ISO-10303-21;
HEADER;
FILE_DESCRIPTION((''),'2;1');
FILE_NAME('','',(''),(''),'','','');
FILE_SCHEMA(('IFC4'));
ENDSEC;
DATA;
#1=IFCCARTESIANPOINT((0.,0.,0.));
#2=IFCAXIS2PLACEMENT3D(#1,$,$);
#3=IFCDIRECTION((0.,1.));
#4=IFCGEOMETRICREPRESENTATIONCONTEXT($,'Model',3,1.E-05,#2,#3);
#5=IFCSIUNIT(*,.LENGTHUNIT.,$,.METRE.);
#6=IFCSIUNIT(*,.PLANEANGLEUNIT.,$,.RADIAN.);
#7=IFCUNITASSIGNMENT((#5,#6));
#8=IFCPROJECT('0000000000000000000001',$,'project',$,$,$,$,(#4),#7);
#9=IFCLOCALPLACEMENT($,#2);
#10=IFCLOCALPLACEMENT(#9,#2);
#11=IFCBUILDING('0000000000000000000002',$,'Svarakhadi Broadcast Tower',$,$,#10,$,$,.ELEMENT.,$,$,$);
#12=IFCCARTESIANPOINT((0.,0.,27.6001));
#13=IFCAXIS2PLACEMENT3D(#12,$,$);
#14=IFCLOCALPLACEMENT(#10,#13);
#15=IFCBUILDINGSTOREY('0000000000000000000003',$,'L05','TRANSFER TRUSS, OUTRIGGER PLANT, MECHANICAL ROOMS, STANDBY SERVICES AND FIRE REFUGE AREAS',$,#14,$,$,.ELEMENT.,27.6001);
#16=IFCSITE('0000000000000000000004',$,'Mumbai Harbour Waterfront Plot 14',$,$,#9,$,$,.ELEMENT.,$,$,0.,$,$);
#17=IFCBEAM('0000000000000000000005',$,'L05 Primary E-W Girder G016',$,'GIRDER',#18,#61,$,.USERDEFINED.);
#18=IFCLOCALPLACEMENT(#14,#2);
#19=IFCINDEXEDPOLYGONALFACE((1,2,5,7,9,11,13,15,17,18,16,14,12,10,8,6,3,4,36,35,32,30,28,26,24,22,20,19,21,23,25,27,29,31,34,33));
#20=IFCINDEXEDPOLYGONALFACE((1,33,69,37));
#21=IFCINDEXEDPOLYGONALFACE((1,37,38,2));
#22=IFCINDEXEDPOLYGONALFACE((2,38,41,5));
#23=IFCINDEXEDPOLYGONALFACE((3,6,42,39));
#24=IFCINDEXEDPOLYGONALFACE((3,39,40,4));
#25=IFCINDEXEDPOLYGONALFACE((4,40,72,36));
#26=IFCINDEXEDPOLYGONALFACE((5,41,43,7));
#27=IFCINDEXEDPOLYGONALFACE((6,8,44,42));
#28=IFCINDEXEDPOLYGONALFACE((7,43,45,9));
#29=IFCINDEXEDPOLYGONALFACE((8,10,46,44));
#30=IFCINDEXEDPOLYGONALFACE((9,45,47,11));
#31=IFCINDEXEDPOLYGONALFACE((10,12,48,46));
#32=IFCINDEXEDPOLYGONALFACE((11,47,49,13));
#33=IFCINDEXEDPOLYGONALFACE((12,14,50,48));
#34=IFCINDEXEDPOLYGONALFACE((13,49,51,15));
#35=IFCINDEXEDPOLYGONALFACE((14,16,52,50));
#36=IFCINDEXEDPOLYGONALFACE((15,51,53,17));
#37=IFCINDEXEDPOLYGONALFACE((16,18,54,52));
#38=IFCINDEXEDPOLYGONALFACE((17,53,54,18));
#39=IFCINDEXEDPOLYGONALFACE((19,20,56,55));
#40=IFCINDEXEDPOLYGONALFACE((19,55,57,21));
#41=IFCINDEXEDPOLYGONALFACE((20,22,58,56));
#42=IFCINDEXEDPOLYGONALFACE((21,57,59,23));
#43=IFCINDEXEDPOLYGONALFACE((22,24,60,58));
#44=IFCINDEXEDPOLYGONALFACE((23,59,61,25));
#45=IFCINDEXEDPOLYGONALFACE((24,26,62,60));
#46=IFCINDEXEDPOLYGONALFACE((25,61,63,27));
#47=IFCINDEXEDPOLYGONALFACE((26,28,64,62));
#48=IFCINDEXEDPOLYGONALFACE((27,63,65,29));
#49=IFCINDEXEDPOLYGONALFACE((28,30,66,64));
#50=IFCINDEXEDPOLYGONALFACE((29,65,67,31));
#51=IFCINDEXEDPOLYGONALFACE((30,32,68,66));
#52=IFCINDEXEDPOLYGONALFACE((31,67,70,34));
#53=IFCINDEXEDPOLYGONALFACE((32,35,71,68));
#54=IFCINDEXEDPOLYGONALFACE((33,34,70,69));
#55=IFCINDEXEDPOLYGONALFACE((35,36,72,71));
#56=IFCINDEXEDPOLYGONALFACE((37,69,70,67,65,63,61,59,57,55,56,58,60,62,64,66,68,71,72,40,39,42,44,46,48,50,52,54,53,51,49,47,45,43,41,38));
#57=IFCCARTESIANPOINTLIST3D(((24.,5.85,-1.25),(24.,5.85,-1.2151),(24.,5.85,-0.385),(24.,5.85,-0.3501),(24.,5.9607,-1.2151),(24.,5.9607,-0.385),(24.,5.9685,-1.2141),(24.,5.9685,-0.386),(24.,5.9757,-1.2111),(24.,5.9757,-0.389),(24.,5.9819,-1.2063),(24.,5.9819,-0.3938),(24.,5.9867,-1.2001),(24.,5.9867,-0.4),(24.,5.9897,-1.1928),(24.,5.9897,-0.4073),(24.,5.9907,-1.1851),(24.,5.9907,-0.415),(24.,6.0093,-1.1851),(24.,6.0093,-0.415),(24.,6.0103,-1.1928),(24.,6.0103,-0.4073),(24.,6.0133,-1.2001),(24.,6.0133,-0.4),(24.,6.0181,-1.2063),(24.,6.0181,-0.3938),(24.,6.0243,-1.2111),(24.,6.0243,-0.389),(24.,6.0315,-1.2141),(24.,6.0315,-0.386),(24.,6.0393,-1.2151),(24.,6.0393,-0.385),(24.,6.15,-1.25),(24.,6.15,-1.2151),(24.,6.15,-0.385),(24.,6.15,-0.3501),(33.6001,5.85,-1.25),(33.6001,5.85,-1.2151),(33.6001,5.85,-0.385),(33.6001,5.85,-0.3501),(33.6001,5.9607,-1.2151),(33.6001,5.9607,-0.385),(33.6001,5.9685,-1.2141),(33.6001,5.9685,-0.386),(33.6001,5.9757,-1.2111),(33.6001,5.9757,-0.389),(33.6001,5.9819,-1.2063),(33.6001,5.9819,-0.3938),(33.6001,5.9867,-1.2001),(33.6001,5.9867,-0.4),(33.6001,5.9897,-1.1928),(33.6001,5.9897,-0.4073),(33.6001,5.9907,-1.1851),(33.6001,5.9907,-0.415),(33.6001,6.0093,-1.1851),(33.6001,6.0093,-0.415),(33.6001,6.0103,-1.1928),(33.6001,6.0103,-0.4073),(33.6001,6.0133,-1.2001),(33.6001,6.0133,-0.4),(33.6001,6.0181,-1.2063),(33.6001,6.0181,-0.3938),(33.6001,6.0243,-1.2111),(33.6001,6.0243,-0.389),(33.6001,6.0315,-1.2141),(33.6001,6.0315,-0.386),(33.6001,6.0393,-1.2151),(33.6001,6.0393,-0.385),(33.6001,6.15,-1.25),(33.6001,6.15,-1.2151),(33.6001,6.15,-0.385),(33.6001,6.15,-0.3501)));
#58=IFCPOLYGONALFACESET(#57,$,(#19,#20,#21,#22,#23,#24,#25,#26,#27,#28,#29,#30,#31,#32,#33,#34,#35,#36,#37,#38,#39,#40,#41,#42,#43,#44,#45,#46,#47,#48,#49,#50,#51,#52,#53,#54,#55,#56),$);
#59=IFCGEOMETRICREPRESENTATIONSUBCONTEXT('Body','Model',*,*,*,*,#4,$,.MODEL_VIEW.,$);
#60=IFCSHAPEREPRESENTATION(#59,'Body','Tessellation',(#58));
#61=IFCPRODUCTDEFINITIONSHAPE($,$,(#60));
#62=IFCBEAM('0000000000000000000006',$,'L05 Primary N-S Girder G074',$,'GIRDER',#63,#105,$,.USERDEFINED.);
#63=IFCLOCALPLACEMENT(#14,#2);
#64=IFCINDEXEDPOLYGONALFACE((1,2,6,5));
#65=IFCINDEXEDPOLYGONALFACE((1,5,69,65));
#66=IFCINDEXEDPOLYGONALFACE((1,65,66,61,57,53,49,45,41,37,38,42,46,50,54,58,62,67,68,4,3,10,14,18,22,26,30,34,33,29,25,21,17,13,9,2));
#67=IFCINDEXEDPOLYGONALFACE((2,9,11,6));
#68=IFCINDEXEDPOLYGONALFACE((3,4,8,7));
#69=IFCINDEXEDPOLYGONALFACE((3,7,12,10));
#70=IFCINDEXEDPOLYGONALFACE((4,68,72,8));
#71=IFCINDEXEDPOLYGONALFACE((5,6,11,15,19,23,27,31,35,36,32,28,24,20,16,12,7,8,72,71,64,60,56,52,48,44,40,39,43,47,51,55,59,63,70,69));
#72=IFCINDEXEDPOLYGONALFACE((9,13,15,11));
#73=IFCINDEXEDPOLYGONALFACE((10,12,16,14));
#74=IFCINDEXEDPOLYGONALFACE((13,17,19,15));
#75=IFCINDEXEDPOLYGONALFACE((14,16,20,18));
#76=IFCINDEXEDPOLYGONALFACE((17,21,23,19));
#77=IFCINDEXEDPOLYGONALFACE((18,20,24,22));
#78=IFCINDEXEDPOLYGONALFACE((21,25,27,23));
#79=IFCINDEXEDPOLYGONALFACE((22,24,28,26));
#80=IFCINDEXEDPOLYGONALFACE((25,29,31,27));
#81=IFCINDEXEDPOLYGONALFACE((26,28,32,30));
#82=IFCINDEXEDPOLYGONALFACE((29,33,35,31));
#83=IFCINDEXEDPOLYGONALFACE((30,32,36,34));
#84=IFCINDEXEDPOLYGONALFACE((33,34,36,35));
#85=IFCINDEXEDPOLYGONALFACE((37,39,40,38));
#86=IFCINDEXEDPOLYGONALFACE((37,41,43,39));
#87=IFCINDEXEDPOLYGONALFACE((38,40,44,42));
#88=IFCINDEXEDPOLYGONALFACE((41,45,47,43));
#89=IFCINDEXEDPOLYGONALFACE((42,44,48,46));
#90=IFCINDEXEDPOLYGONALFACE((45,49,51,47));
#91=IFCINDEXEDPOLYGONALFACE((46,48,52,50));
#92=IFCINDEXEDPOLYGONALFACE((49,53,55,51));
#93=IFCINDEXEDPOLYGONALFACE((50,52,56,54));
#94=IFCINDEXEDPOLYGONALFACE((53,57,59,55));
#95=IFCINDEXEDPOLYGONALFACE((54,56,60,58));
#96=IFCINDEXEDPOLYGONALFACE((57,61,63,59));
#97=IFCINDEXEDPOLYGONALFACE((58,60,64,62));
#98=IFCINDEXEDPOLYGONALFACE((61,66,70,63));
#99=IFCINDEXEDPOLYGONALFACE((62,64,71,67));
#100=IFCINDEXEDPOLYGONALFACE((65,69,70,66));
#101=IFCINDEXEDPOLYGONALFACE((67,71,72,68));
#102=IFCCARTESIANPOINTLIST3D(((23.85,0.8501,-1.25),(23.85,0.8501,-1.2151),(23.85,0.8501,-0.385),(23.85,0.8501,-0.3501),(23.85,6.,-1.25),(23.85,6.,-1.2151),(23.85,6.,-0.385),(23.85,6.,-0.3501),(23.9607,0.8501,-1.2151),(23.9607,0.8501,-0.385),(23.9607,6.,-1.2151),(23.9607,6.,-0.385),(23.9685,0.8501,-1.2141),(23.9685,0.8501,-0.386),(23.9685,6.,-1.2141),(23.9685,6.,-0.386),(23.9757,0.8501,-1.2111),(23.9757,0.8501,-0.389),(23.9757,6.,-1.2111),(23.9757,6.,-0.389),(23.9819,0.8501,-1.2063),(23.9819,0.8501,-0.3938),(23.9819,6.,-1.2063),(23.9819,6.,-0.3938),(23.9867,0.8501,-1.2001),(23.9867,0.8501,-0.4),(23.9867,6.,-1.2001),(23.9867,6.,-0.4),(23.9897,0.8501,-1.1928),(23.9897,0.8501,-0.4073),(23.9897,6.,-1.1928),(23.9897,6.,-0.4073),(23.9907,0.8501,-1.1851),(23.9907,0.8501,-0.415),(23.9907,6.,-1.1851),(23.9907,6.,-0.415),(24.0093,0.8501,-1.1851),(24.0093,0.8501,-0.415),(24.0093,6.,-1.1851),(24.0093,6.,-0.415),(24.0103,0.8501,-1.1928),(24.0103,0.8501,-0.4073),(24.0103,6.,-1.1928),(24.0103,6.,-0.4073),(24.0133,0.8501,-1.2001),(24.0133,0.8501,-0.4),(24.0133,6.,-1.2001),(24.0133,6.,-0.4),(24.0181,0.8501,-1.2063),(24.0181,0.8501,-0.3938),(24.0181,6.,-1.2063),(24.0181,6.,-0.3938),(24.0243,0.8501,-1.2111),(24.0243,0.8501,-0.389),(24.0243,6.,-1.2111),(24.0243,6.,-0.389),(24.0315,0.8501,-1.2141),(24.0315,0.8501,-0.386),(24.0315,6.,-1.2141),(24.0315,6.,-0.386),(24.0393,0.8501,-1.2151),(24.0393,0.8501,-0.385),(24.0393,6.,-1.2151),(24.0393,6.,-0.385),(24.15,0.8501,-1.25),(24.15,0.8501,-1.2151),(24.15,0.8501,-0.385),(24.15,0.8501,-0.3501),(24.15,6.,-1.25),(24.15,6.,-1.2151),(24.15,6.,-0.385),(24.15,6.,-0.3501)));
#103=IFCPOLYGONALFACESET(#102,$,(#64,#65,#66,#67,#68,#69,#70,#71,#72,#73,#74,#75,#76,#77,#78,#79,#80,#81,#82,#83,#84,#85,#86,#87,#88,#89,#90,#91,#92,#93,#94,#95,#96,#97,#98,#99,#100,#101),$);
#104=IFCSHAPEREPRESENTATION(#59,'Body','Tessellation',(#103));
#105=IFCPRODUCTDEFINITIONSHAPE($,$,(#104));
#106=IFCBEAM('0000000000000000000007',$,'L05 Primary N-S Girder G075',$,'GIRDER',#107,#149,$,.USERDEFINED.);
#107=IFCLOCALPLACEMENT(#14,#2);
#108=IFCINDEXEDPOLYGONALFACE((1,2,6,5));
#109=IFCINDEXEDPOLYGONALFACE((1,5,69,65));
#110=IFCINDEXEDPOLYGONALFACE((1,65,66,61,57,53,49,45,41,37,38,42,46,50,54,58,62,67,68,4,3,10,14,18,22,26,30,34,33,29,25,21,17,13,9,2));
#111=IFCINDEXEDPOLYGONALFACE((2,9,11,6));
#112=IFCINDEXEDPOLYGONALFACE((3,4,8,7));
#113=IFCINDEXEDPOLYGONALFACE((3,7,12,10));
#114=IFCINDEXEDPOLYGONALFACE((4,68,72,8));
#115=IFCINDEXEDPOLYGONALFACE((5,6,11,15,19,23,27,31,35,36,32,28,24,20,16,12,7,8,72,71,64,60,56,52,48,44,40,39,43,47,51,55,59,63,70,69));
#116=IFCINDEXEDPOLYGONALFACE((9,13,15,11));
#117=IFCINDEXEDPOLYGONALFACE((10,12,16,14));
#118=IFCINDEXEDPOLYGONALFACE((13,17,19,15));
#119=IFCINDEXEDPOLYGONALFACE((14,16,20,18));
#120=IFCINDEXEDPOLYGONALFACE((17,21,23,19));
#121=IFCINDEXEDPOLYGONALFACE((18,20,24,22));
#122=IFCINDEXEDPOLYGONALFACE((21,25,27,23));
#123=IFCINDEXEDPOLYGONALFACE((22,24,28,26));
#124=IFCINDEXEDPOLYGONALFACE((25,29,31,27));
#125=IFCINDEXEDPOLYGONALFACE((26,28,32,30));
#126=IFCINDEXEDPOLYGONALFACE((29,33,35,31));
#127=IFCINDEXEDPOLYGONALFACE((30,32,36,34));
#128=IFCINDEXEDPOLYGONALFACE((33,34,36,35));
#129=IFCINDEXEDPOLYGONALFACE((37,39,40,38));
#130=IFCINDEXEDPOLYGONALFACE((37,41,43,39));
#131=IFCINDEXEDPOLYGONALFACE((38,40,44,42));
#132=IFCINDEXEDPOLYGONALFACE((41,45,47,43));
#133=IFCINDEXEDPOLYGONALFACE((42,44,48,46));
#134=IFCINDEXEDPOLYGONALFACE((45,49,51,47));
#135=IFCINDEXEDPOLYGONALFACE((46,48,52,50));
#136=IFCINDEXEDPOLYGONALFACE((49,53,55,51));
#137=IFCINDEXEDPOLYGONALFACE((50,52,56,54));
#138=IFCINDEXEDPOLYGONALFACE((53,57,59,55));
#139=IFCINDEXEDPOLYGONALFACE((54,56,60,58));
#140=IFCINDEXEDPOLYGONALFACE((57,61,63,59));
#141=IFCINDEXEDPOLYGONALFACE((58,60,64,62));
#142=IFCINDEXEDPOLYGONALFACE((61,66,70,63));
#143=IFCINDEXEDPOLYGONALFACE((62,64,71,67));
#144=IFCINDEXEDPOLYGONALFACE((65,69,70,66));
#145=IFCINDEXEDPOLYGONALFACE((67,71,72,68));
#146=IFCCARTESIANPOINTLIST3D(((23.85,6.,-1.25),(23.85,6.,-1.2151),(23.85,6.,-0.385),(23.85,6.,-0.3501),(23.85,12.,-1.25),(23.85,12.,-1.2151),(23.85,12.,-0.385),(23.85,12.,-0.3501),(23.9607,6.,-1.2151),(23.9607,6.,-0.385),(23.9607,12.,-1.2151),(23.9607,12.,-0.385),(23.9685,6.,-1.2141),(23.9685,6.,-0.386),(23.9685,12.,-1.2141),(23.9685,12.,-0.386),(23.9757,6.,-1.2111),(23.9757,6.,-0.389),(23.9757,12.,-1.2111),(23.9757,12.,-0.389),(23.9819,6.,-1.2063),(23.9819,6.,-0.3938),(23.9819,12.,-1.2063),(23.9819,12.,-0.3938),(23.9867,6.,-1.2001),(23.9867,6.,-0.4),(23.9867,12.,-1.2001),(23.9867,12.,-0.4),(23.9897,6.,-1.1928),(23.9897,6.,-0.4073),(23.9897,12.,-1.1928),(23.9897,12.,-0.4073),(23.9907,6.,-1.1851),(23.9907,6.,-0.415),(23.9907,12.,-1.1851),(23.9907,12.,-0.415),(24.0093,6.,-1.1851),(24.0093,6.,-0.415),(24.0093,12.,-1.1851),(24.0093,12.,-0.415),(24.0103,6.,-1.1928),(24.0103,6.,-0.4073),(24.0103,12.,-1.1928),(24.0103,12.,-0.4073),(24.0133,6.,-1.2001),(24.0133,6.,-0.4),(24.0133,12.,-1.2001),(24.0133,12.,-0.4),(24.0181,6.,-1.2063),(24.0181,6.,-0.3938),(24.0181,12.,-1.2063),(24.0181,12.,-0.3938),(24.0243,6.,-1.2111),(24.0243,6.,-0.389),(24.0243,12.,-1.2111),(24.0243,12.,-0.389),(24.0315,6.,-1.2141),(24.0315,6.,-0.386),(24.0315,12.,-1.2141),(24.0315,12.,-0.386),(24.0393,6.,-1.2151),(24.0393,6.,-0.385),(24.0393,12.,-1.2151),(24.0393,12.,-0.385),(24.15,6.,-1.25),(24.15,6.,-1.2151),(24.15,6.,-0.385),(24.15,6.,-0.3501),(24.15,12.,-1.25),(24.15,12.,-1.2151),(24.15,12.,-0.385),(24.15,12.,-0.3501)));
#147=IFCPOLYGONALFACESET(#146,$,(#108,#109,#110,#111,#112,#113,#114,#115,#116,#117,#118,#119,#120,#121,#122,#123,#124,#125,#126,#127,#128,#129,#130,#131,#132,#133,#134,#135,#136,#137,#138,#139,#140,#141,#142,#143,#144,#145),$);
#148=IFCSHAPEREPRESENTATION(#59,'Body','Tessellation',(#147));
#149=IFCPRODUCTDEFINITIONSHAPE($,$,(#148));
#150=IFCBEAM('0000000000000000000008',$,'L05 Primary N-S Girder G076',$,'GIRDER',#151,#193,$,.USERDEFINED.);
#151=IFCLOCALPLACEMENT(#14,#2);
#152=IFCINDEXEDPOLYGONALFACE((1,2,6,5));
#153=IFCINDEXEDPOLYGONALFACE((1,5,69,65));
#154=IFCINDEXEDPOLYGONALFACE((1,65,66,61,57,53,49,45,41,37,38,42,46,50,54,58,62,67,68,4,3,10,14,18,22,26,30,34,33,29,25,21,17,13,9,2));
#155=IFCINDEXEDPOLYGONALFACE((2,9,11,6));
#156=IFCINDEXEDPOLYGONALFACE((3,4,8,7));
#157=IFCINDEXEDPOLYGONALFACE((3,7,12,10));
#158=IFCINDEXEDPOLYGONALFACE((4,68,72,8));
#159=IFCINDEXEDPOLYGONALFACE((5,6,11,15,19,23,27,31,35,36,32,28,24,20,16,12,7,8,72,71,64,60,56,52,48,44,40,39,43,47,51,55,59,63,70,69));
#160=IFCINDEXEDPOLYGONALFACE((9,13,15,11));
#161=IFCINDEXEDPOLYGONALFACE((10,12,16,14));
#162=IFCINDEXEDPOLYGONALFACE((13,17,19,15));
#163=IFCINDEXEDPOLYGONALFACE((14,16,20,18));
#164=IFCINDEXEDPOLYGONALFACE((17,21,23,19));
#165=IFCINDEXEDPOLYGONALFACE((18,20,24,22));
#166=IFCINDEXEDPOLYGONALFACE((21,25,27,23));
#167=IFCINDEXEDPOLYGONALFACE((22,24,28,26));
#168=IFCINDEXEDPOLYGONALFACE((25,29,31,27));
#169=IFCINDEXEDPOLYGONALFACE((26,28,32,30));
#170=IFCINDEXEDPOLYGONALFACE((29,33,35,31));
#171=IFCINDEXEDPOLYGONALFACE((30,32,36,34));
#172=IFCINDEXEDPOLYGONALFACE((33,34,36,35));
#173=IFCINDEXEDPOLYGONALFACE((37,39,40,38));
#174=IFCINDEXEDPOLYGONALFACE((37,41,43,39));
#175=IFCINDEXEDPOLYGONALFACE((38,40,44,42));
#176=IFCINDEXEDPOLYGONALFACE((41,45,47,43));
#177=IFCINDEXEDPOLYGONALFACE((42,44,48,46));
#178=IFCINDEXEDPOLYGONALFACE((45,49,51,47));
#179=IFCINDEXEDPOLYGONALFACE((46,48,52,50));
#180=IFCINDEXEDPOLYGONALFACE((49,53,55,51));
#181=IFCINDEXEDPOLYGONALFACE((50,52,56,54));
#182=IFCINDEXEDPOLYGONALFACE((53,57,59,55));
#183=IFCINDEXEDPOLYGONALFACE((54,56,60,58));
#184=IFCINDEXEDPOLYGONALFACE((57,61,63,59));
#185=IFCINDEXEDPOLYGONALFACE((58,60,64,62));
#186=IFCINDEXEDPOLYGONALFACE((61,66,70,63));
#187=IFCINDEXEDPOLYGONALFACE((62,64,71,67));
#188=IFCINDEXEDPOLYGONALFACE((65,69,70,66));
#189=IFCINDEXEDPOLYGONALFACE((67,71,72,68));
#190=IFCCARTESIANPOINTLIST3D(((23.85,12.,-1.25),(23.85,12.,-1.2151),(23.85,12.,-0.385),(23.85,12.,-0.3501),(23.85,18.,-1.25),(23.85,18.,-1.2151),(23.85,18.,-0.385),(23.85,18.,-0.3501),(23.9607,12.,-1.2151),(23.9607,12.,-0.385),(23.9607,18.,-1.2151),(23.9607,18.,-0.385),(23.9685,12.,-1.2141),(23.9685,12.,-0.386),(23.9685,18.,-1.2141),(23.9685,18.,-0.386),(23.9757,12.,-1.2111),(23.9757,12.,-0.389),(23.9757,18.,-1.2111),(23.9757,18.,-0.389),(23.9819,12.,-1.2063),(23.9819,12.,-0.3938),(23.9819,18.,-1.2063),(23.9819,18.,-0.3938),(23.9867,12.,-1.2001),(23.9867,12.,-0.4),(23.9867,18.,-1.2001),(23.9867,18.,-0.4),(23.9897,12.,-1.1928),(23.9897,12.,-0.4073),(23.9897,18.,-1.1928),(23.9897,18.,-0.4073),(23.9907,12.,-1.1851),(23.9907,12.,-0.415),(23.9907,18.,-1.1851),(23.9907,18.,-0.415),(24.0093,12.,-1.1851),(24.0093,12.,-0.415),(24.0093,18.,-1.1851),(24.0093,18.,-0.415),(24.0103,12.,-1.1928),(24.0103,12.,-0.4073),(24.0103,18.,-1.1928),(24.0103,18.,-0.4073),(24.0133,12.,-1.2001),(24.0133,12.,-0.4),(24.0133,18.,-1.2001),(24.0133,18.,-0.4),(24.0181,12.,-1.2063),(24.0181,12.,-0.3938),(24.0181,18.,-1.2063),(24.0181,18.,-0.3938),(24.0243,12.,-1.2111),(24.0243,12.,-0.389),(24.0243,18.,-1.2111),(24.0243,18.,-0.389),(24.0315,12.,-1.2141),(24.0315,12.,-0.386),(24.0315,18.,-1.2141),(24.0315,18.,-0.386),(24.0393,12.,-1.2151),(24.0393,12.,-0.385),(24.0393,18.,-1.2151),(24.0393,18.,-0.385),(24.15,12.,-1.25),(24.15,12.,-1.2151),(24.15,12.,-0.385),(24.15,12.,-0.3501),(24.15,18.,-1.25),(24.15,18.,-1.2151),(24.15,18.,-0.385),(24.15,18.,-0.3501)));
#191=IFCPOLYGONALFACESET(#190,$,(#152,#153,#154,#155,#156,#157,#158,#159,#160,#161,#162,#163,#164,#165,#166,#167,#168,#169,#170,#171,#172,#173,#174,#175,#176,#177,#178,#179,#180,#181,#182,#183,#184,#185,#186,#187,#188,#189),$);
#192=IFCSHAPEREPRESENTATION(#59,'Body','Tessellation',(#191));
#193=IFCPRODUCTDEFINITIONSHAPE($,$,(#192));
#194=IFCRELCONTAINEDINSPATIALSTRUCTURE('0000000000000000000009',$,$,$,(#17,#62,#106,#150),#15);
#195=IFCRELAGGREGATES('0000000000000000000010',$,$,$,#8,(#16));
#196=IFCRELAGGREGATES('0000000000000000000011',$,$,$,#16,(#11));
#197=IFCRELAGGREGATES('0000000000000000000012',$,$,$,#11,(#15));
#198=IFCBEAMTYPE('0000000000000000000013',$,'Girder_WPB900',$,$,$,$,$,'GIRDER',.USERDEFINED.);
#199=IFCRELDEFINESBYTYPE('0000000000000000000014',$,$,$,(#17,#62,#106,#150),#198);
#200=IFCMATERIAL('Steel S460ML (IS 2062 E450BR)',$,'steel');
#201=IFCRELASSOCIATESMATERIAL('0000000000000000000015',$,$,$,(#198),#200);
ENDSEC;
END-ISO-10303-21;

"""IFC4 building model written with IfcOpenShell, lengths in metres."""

from ifc_helpers import new_model, si_unit, direction, frame, origin, origin_2d, place, context, subcontext, project, spatial, i_section, extrude, material, material_profile, profile_set, type_object, element, save


model = new_model("IFC4")

# Units and contexts
model_context = context("Model", 3, precision=1e-05, world=origin(), true_north=direction((0.0, 1.0)))
body_context = subcontext(model_context, "Body", "Model", "MODEL_VIEW")
ifc_project = project(units=[si_unit("LENGTHUNIT", "METRE"), si_unit("PLANEANGLEUNIT", "RADIAN")], contexts=[model_context])

# Site, building, storey
site_placement = place(None, origin())
site = spatial("IfcSite", under=ifc_project, at=site_placement, Name="Mumbai Harbour Waterfront Plot 14", CompositionType="ELEMENT", RefElevation=0.0)
building_placement = place(site_placement, origin())
building = spatial("IfcBuilding", under=site, at=building_placement, Name="Svarakhadi Broadcast Tower", CompositionType="ELEMENT")
storey_placement = place(building_placement, frame((0.0, 0.0, 27.6001)))
storey = spatial("IfcBuildingStorey", under=building, at=storey_placement, Name="L05", Description="TRANSFER TRUSS, OUTRIGGER PLANT, MECHANICAL ROOMS, STANDBY SERVICES AND FIRE REFUGE AREAS", CompositionType="ELEMENT", Elevation=27.6001)

# Beams
ifc_material_1 = material(Name="Steel S460ML (IS 2062 E450BR)", Category="steel")
ifc_material_profile_1 = material_profile(ifc_material_1, i_section(OverallWidth=0.3, OverallDepth=0.8999, WebThickness=0.0186, FlangeThickness=0.0349, FilletRadius=0.03, at=origin_2d()), Name="WPB 900x300x291")
ifc_profile_set_1 = profile_set([ifc_material_profile_1], Name="Steel S460ML (IS 2062 E450BR)")
beam_type_1 = type_object("IfcBeamType", Name="Girder_WPB900", ElementType="GIRDER", PredefinedType="USERDEFINED", material=ifc_profile_set_1)
beam_1_placement = place(storey_placement, frame((24.0, 6.0, -0.8), z_axis=(1.0, 0.0, 0.0), x_axis=(0.0, 1.0, 0.0)))
element("IfcBeam", 1, at=beam_1_placement, inside=storey, type_object=beam_type_1, Name="L05 Primary E-W Girder G016", ObjectType="GIRDER", PredefinedType="USERDEFINED", context=body_context, shape_type="SweptSolid", body=[
    extrude(i_section(OverallWidth=0.3, OverallDepth=0.8999, WebThickness=0.0186, FlangeThickness=0.0349, FilletRadius=0.03, at=origin_2d()), origin(), (0.0, 0.0, 1.0), 9.6001),
])
beam_2_placement = place(storey_placement, frame((24.0, 0.8501, -0.8), z_axis=(0.0, 1.0, 0.0), x_axis=(-1.0, 0.0, 0.0)))
element("IfcBeam", 2, at=beam_2_placement, inside=storey, type_object=beam_type_1, Name="L05 Primary N-S Girder G074", ObjectType="GIRDER", PredefinedType="USERDEFINED", context=body_context, shape_type="SweptSolid", body=[
    extrude(i_section(OverallWidth=0.3, OverallDepth=0.8999, WebThickness=0.0186, FlangeThickness=0.0349, FilletRadius=0.03, at=origin_2d()), origin(), (0.0, 0.0, 1.0), 5.1499),
])
for number, where, z_axis, x_axis, name in (
    (3, (24.0, 6.0, -0.8), (0.0, 1.0, 0.0), (-1.0, 0.0, 0.0), "L05 Primary N-S Girder G075"),
    (4, (24.0, 12.0, -0.8), (0.0, 1.0, 0.0), (-1.0, 0.0, 0.0), "L05 Primary N-S Girder G076"),
):
    element("IfcBeam", number, at=place(storey_placement, frame(where, z_axis=z_axis, x_axis=x_axis)), inside=storey, type_object=beam_type_1, Name=name, ObjectType="GIRDER", PredefinedType="USERDEFINED", context=body_context, shape_type="SweptSolid", body=[
        extrude(i_section(OverallWidth=0.3, OverallDepth=0.8999, WebThickness=0.0186, FlangeThickness=0.0349, FilletRadius=0.03, at=origin_2d()), origin(), (0.0, 0.0, 1.0), 6.0),
    ])

save(model, "model.ifc")
